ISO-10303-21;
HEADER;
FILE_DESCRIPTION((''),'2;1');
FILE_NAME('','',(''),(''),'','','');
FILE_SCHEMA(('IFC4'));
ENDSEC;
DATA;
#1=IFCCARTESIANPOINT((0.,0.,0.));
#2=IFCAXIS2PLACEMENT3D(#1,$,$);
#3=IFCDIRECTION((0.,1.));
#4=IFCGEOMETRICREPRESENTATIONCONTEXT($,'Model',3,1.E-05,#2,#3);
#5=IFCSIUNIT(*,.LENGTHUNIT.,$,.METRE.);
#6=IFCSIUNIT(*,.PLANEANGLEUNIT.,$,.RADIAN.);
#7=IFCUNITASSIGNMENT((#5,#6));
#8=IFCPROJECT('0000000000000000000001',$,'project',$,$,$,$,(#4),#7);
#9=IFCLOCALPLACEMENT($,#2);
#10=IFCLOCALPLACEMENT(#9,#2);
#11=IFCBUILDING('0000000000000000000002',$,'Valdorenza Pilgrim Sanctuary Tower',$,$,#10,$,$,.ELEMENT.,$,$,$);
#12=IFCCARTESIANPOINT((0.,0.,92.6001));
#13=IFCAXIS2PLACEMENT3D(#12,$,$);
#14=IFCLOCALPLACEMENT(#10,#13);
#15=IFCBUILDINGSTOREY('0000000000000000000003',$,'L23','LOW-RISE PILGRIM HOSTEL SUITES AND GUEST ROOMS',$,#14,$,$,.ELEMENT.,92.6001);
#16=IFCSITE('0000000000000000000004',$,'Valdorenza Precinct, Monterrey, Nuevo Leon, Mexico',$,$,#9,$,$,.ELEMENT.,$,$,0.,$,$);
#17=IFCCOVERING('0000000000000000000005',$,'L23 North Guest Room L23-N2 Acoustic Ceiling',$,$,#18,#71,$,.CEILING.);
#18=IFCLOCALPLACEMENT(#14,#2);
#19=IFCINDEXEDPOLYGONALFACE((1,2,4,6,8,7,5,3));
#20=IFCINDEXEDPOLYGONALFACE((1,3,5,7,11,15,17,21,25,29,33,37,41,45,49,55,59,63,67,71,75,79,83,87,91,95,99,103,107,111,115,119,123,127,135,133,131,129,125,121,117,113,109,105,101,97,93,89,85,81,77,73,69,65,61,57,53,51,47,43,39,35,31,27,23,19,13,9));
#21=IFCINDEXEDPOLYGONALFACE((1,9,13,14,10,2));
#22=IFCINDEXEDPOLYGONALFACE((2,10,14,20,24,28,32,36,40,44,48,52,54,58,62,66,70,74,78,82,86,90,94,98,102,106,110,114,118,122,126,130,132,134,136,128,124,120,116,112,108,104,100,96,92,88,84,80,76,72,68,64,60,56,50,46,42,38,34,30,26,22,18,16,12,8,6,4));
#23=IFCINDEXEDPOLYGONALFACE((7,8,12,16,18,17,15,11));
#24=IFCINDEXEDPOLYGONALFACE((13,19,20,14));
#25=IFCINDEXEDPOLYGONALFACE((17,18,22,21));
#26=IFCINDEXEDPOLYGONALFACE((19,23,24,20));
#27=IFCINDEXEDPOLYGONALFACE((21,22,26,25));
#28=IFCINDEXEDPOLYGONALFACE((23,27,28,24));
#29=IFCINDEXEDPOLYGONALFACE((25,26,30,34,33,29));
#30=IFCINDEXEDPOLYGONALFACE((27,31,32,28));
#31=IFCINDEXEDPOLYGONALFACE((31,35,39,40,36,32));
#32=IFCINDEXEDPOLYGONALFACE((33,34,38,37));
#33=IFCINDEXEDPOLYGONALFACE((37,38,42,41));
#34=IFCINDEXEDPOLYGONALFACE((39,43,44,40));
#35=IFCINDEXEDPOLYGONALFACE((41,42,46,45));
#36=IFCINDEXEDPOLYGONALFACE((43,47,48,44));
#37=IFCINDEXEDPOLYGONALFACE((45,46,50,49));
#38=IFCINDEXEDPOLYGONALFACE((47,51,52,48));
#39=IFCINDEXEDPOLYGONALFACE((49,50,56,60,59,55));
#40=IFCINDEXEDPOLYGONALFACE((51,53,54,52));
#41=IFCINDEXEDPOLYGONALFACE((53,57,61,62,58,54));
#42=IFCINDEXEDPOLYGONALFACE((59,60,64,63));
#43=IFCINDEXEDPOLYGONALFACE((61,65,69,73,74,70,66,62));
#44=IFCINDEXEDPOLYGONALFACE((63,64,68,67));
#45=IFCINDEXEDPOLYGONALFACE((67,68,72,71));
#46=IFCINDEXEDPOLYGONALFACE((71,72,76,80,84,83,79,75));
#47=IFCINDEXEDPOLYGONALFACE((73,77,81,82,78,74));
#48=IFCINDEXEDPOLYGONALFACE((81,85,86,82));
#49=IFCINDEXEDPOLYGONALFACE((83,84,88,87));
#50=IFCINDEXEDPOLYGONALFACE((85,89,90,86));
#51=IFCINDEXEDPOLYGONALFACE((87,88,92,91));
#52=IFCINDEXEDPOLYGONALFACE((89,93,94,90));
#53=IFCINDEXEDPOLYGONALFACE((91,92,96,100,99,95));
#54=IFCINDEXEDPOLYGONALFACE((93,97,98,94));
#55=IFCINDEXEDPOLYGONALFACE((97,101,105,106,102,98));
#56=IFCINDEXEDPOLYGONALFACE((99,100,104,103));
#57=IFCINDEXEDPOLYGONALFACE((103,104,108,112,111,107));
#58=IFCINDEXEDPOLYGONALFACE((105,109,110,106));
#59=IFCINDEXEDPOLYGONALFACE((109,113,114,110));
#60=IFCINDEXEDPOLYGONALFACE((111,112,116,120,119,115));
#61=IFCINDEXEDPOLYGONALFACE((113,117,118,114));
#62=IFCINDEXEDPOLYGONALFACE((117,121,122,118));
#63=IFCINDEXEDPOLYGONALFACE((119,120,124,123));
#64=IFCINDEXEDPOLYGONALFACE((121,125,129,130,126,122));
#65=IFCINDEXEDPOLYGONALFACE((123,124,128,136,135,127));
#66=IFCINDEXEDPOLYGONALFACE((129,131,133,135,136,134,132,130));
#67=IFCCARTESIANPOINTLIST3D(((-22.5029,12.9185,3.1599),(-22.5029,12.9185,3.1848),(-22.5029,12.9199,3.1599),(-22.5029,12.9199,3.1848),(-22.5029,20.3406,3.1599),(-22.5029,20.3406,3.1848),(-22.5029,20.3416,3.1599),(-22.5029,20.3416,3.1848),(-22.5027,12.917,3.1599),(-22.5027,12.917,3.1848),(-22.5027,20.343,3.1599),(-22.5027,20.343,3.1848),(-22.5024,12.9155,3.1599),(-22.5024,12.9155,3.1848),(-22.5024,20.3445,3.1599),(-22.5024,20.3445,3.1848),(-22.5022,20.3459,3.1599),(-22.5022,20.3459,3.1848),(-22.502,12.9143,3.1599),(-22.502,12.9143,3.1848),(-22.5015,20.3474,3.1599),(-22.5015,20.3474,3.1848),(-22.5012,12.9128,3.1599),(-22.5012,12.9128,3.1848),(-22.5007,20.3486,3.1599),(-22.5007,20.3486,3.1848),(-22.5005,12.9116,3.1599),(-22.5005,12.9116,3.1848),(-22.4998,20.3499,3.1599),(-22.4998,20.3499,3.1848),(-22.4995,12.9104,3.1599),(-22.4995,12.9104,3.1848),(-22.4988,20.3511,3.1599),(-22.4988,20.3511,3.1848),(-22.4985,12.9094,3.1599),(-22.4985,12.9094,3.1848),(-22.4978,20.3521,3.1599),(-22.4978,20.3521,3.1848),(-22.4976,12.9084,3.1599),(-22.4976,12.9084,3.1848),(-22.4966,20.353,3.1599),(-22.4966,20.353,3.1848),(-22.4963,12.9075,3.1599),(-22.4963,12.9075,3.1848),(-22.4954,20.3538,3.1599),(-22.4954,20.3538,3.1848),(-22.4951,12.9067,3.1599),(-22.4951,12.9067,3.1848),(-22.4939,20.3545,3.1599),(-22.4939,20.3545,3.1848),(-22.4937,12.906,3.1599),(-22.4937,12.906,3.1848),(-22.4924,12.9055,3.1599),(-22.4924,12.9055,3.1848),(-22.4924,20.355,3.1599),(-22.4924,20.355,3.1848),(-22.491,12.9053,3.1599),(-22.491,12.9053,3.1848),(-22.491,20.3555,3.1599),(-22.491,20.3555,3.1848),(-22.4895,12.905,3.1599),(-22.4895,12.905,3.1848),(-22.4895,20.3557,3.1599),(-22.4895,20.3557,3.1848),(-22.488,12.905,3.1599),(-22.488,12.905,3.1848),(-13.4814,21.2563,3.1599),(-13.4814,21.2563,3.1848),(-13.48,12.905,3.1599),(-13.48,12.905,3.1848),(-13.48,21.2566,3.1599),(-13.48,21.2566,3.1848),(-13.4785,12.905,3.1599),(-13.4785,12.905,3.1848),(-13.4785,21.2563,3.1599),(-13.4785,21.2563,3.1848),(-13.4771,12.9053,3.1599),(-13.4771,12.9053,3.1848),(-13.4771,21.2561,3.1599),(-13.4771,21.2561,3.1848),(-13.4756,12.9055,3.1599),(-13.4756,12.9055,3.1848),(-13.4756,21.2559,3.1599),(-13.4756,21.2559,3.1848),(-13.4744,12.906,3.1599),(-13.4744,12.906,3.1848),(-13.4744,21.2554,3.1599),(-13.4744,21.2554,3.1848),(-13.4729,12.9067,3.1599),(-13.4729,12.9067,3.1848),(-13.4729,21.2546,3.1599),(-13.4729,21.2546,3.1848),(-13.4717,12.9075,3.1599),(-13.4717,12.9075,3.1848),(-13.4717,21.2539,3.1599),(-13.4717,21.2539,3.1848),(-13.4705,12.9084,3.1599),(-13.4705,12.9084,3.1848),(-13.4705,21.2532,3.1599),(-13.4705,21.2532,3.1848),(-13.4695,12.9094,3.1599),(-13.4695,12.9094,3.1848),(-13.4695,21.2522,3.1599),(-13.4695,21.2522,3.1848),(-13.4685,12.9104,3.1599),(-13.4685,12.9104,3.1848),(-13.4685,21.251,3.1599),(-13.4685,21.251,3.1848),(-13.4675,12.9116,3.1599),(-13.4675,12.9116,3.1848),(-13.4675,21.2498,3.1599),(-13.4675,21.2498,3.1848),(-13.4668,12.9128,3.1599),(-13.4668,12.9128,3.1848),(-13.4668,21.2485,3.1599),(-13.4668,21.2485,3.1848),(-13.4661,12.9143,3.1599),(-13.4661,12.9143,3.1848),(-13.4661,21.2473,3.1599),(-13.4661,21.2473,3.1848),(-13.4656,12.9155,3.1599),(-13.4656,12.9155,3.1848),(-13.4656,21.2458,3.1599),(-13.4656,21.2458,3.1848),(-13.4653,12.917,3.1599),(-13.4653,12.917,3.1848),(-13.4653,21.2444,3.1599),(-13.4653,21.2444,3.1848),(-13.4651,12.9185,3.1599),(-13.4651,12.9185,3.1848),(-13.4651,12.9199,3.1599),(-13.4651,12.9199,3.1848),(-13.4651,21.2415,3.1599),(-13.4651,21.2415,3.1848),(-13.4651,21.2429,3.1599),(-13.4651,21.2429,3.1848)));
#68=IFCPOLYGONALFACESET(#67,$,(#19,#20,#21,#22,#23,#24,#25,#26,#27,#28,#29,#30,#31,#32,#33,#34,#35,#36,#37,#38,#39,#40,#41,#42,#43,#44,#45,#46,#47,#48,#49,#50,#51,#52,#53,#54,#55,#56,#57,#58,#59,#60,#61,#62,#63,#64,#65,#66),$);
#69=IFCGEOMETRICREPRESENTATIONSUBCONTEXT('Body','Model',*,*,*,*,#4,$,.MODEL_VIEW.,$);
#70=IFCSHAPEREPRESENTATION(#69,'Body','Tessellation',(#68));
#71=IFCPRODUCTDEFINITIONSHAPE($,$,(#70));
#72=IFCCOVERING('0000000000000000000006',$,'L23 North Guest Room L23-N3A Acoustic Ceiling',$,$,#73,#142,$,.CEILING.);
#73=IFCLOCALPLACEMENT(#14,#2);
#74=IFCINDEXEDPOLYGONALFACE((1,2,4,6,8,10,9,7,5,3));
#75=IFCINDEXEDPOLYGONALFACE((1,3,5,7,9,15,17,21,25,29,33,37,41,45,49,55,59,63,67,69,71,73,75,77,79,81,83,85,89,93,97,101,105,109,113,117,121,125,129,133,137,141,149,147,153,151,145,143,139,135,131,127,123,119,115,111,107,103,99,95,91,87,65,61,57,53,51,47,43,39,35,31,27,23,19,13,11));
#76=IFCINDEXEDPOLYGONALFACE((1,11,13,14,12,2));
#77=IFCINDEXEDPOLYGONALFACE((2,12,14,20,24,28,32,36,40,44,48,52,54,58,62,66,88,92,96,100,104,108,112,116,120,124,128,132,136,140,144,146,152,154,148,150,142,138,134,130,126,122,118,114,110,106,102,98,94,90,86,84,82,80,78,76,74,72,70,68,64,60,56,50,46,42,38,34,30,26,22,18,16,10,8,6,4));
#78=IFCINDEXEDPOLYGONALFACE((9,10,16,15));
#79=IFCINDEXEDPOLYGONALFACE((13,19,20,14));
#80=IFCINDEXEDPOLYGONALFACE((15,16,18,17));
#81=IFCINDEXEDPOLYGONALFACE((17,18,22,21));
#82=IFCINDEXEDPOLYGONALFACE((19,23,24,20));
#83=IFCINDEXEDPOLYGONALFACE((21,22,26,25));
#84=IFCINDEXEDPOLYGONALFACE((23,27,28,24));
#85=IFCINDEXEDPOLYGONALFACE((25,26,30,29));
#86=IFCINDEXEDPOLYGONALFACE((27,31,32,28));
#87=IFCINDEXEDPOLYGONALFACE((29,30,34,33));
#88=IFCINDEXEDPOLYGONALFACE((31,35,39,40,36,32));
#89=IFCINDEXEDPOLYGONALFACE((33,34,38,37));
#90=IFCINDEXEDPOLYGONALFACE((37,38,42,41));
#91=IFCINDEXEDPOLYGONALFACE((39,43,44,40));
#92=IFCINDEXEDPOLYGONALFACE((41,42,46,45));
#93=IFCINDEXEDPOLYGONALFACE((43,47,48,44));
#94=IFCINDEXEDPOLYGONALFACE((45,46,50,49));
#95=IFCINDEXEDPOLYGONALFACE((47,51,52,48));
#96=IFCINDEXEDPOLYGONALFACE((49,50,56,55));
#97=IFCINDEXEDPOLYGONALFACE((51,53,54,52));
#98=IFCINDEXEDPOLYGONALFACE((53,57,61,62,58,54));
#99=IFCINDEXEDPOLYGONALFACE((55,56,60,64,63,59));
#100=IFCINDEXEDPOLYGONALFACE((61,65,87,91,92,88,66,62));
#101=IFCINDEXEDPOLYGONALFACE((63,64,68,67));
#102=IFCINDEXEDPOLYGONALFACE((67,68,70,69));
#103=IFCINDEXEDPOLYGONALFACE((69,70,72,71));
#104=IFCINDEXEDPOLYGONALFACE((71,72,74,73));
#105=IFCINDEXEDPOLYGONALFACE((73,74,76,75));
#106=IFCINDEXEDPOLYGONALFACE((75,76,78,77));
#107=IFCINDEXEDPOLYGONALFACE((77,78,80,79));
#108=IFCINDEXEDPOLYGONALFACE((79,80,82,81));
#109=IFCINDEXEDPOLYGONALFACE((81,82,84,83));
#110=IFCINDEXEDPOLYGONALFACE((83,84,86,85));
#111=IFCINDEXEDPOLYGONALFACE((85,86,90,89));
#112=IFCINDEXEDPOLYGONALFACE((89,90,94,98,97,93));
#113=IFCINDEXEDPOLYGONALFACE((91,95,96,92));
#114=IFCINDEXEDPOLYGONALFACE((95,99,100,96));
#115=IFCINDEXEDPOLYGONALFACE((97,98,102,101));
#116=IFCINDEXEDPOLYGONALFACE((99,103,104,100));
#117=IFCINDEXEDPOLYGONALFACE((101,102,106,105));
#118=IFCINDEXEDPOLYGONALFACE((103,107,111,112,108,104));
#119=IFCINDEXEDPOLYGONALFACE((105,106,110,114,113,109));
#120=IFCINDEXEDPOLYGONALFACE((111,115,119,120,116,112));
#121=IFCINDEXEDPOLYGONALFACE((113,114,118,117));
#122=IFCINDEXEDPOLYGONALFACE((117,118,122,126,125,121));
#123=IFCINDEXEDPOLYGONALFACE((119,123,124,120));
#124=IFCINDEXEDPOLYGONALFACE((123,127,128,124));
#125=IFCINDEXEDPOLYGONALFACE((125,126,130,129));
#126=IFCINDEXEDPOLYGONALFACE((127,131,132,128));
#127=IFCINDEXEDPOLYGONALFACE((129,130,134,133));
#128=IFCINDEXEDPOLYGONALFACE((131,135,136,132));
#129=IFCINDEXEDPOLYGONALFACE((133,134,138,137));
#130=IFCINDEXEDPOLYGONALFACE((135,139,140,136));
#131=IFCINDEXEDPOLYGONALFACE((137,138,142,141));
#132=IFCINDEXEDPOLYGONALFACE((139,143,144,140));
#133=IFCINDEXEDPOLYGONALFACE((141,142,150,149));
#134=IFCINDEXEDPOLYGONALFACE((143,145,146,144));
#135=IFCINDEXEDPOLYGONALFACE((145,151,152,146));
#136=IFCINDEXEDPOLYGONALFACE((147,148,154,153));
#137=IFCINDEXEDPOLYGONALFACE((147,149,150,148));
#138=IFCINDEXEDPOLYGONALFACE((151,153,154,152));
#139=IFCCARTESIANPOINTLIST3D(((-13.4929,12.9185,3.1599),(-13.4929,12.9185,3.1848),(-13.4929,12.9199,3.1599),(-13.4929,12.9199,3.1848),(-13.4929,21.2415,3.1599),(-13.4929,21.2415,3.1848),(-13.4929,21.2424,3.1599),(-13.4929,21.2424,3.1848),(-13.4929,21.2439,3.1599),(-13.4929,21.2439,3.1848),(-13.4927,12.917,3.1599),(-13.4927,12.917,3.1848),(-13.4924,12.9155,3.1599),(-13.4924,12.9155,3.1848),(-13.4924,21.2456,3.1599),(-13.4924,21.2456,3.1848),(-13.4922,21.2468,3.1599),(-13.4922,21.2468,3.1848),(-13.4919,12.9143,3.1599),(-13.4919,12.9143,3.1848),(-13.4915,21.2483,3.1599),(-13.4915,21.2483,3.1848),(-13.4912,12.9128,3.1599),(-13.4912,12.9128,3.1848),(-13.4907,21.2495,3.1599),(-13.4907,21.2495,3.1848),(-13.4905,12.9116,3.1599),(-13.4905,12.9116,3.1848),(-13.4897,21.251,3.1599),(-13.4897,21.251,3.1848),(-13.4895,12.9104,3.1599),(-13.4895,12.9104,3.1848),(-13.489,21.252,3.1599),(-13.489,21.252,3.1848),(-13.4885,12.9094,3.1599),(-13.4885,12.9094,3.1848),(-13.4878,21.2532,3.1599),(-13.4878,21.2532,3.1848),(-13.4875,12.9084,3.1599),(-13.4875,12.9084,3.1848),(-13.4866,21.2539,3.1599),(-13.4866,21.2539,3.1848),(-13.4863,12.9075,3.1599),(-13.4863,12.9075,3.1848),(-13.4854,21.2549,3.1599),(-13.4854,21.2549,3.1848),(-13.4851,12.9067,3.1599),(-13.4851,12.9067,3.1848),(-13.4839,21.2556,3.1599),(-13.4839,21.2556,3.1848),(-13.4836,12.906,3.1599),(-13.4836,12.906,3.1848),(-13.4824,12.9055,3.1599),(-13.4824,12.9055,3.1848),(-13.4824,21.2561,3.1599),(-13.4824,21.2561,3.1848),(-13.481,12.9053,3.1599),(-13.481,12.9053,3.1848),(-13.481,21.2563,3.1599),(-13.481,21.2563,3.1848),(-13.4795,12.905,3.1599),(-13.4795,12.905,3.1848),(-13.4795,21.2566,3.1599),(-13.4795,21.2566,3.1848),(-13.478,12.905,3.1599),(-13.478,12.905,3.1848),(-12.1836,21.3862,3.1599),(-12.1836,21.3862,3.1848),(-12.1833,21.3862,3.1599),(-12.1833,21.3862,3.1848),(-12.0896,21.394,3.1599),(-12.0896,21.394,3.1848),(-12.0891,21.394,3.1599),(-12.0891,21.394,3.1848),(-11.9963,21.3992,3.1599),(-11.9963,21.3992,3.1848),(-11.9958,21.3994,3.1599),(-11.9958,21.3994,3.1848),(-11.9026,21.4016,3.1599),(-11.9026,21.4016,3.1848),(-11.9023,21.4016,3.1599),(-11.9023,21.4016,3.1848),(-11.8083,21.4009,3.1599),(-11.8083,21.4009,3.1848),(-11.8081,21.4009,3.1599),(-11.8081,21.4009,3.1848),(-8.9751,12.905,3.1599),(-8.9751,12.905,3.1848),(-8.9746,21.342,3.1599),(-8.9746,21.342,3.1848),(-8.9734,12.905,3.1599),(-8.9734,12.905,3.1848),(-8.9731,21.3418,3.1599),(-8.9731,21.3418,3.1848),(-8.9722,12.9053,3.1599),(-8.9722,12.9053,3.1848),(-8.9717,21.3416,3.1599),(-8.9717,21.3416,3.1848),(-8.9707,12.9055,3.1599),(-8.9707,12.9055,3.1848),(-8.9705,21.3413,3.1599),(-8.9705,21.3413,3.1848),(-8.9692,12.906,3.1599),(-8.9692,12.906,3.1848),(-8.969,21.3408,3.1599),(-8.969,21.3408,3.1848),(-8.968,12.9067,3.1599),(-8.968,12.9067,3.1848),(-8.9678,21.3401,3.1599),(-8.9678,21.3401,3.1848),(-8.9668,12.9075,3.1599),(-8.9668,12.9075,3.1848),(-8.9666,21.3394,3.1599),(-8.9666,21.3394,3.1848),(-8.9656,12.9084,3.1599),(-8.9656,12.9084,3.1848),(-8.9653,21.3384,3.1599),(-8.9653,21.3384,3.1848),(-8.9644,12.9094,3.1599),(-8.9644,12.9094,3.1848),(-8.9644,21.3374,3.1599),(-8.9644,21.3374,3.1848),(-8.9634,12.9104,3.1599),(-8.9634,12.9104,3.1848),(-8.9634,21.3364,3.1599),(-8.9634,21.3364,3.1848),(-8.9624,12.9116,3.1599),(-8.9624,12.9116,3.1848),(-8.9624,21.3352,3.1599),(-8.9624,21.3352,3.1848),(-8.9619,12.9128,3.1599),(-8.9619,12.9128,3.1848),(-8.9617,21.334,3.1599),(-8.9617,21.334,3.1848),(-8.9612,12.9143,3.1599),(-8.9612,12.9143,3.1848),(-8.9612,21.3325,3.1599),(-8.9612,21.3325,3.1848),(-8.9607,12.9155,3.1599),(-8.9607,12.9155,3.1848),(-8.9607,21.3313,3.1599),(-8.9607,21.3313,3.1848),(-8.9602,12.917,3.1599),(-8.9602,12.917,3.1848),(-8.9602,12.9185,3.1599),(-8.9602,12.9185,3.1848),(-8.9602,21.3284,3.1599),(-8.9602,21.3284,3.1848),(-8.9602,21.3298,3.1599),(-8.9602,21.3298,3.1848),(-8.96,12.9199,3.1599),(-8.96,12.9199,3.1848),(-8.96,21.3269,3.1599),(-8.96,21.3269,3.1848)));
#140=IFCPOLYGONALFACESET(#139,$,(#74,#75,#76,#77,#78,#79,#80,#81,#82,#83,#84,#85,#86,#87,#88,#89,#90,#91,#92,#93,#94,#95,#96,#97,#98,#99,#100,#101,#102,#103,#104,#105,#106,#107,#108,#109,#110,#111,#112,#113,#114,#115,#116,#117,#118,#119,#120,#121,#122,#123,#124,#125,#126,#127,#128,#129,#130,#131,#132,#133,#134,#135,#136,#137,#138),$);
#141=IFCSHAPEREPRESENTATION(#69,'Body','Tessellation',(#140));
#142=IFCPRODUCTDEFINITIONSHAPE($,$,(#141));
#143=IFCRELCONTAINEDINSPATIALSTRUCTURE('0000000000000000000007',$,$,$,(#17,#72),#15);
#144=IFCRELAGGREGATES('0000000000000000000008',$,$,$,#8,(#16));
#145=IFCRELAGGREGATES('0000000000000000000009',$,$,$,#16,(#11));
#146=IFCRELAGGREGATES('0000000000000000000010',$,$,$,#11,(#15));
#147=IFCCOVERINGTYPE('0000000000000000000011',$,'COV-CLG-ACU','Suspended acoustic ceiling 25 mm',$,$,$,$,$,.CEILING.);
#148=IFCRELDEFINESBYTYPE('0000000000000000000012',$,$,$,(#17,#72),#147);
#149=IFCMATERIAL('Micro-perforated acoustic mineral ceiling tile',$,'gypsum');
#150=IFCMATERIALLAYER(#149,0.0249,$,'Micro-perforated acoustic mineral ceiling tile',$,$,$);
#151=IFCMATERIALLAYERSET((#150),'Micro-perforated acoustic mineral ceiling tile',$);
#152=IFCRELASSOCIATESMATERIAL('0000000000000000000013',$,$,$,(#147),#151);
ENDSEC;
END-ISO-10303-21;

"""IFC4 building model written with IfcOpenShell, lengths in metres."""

from ifc_helpers import new_model, si_unit, direction, frame, origin, place, context, subcontext, project, spatial, polyline, outline, extrude, material, layer, layer_set, type_object, element, save


model = new_model("IFC4")

# Units and contexts
model_context = context("Model", 3, precision=1e-05, world=origin(), true_north=direction((0.0, 1.0)))
body_context = subcontext(model_context, "Body", "Model", "MODEL_VIEW")
ifc_project = project(units=[si_unit("LENGTHUNIT", "METRE"), si_unit("PLANEANGLEUNIT", "RADIAN")], contexts=[model_context])

# Site, building, storey
site_placement = place(None, origin())
site = spatial("IfcSite", under=ifc_project, at=site_placement, Name="Valdorenza Precinct, Monterrey, Nuevo Leon, Mexico", CompositionType="ELEMENT", RefElevation=0.0)
building_placement = place(site_placement, origin())
building = spatial("IfcBuilding", under=site, at=building_placement, Name="Valdorenza Pilgrim Sanctuary Tower", CompositionType="ELEMENT")
storey_placement = place(building_placement, frame((0.0, 0.0, 92.6001)))
storey = spatial("IfcBuildingStorey", under=building, at=storey_placement, Name="L23", Description="LOW-RISE PILGRIM HOSTEL SUITES AND GUEST ROOMS", CompositionType="ELEMENT", Elevation=92.6001)

# Coverings
ifc_material_1 = material(Name="Micro-perforated acoustic mineral ceiling tile", Category="gypsum")
ifc_layer_1 = layer(ifc_material_1, 0.0249, Name="Micro-perforated acoustic mineral ceiling tile")
ifc_layer_set_1 = layer_set([ifc_layer_1], Name="Micro-perforated acoustic mineral ceiling tile")
covering_type_1 = type_object("IfcCoveringType", Name="COV-CLG-ACU", Description="Suspended acoustic ceiling 25 mm", PredefinedType="CEILING", material=ifc_layer_set_1)
covering_1_placement = place(storey_placement, frame((0.0, 0.0, 3.1599)))
element("IfcCovering", 1, at=covering_1_placement, inside=storey, type_object=covering_type_1, Name="L23 North Guest Room L23-N2 Acoustic Ceiling", PredefinedType="CEILING", context=body_context, shape_type="SweptSolid", body=[
    extrude(outline(polyline([(-22.5029, 20.3406), (-22.5029, 20.3416), (-22.5027, 20.343), (-22.5024, 20.3445), (-22.5022, 20.3459), (-22.5015, 20.3474), (-22.5007, 20.3486), (-22.4998, 20.3499), (-22.4988, 20.3511), (-22.4978, 20.3521), (-22.4966, 20.353), (-22.4954, 20.3538), (-22.4939, 20.3545), (-22.4924, 20.355), (-22.491, 20.3555), (-22.4895, 20.3557), (-13.4814, 21.2563), (-13.48, 21.2566), (-13.4785, 21.2563), (-13.4771, 21.2561), (-13.4756, 21.2559), (-13.4744, 21.2554), (-13.4729, 21.2546), (-13.4717, 21.2539), (-13.4705, 21.2532), (-13.4695, 21.2522), (-13.4685, 21.251), (-13.4675, 21.2498), (-13.4668, 21.2485), (-13.4661, 21.2473), (-13.4656, 21.2458), (-13.4653, 21.2444), (-13.4651, 21.2429), (-13.4651, 21.2415), (-13.4651, 12.9199), (-13.4651, 12.9185), (-13.4653, 12.917), (-13.4656, 12.9155), (-13.4661, 12.9143), (-13.4668, 12.9128), (-13.4675, 12.9116), (-13.4685, 12.9104), (-13.4695, 12.9094), (-13.4705, 12.9084), (-13.4717, 12.9075), (-13.4729, 12.9067), (-13.4744, 12.906), (-13.4756, 12.9055), (-13.4771, 12.9053), (-13.4785, 12.905), (-13.48, 12.905), (-22.488, 12.905), (-22.4895, 12.905), (-22.491, 12.9053), (-22.4924, 12.9055), (-22.4937, 12.906), (-22.4951, 12.9067), (-22.4963, 12.9075), (-22.4976, 12.9084), (-22.4985, 12.9094), (-22.4995, 12.9104), (-22.5005, 12.9116), (-22.5012, 12.9128), (-22.502, 12.9143), (-22.5024, 12.9155), (-22.5027, 12.917), (-22.5029, 12.9185), (-22.5029, 12.9199), (-22.5029, 20.3406), (-22.5029, 20.3406)])), origin(), (0.0, 0.0, 1.0), 0.0249),
])
covering_2_placement = place(storey_placement, frame((0.0, 0.0, 3.1599)))
element("IfcCovering", 2, at=covering_2_placement, inside=storey, type_object=covering_type_1, Name="L23 North Guest Room L23-N3A Acoustic Ceiling", PredefinedType="CEILING", context=body_context, shape_type="SweptSolid", body=[
    extrude(outline(polyline([(-13.4929, 21.2415), (-13.4929, 21.2424), (-13.4929, 21.2439), (-13.4924, 21.2456), (-13.4922, 21.2468), (-13.4915, 21.2483), (-13.4907, 21.2495), (-13.4897, 21.251), (-13.489, 21.252), (-13.4878, 21.2532), (-13.4866, 21.2539), (-13.4854, 21.2549), (-13.4839, 21.2556), (-13.4824, 21.2561), (-13.481, 21.2563), (-13.4795, 21.2566), (-12.1836, 21.3862), (-12.1833, 21.3862), (-12.0896, 21.394), (-12.0891, 21.394), (-11.9963, 21.3992), (-11.9958, 21.3994), (-11.9026, 21.4016), (-11.9023, 21.4016), (-11.8083, 21.4009), (-11.8081, 21.4009), (-8.9746, 21.342), (-8.9731, 21.3418), (-8.9717, 21.3416), (-8.9705, 21.3413), (-8.969, 21.3408), (-8.9678, 21.3401), (-8.9666, 21.3394), (-8.9653, 21.3384), (-8.9644, 21.3374), (-8.9634, 21.3364), (-8.9624, 21.3352), (-8.9617, 21.334), (-8.9612, 21.3325), (-8.9607, 21.3313), (-8.9602, 21.3298), (-8.9602, 21.3284), (-8.96, 21.3269), (-8.96, 12.9199), (-8.9602, 12.9185), (-8.9602, 12.917), (-8.9607, 12.9155), (-8.9612, 12.9143), (-8.9619, 12.9128), (-8.9624, 12.9116), (-8.9634, 12.9104), (-8.9644, 12.9094), (-8.9656, 12.9084), (-8.9668, 12.9075), (-8.968, 12.9067), (-8.9692, 12.906), (-8.9707, 12.9055), (-8.9722, 12.9053), (-8.9734, 12.905), (-8.9751, 12.905), (-13.478, 12.905), (-13.4795, 12.905), (-13.481, 12.9053), (-13.4824, 12.9055), (-13.4836, 12.906), (-13.4851, 12.9067), (-13.4863, 12.9075), (-13.4875, 12.9084), (-13.4885, 12.9094), (-13.4895, 12.9104), (-13.4905, 12.9116), (-13.4912, 12.9128), (-13.4919, 12.9143), (-13.4924, 12.9155), (-13.4927, 12.917), (-13.4929, 12.9185), (-13.4929, 12.9199), (-13.4929, 21.2415), (-13.4929, 21.2415)])), origin(), (0.0, 0.0, 1.0), 0.0249),
])

save(model, "model.ifc")
